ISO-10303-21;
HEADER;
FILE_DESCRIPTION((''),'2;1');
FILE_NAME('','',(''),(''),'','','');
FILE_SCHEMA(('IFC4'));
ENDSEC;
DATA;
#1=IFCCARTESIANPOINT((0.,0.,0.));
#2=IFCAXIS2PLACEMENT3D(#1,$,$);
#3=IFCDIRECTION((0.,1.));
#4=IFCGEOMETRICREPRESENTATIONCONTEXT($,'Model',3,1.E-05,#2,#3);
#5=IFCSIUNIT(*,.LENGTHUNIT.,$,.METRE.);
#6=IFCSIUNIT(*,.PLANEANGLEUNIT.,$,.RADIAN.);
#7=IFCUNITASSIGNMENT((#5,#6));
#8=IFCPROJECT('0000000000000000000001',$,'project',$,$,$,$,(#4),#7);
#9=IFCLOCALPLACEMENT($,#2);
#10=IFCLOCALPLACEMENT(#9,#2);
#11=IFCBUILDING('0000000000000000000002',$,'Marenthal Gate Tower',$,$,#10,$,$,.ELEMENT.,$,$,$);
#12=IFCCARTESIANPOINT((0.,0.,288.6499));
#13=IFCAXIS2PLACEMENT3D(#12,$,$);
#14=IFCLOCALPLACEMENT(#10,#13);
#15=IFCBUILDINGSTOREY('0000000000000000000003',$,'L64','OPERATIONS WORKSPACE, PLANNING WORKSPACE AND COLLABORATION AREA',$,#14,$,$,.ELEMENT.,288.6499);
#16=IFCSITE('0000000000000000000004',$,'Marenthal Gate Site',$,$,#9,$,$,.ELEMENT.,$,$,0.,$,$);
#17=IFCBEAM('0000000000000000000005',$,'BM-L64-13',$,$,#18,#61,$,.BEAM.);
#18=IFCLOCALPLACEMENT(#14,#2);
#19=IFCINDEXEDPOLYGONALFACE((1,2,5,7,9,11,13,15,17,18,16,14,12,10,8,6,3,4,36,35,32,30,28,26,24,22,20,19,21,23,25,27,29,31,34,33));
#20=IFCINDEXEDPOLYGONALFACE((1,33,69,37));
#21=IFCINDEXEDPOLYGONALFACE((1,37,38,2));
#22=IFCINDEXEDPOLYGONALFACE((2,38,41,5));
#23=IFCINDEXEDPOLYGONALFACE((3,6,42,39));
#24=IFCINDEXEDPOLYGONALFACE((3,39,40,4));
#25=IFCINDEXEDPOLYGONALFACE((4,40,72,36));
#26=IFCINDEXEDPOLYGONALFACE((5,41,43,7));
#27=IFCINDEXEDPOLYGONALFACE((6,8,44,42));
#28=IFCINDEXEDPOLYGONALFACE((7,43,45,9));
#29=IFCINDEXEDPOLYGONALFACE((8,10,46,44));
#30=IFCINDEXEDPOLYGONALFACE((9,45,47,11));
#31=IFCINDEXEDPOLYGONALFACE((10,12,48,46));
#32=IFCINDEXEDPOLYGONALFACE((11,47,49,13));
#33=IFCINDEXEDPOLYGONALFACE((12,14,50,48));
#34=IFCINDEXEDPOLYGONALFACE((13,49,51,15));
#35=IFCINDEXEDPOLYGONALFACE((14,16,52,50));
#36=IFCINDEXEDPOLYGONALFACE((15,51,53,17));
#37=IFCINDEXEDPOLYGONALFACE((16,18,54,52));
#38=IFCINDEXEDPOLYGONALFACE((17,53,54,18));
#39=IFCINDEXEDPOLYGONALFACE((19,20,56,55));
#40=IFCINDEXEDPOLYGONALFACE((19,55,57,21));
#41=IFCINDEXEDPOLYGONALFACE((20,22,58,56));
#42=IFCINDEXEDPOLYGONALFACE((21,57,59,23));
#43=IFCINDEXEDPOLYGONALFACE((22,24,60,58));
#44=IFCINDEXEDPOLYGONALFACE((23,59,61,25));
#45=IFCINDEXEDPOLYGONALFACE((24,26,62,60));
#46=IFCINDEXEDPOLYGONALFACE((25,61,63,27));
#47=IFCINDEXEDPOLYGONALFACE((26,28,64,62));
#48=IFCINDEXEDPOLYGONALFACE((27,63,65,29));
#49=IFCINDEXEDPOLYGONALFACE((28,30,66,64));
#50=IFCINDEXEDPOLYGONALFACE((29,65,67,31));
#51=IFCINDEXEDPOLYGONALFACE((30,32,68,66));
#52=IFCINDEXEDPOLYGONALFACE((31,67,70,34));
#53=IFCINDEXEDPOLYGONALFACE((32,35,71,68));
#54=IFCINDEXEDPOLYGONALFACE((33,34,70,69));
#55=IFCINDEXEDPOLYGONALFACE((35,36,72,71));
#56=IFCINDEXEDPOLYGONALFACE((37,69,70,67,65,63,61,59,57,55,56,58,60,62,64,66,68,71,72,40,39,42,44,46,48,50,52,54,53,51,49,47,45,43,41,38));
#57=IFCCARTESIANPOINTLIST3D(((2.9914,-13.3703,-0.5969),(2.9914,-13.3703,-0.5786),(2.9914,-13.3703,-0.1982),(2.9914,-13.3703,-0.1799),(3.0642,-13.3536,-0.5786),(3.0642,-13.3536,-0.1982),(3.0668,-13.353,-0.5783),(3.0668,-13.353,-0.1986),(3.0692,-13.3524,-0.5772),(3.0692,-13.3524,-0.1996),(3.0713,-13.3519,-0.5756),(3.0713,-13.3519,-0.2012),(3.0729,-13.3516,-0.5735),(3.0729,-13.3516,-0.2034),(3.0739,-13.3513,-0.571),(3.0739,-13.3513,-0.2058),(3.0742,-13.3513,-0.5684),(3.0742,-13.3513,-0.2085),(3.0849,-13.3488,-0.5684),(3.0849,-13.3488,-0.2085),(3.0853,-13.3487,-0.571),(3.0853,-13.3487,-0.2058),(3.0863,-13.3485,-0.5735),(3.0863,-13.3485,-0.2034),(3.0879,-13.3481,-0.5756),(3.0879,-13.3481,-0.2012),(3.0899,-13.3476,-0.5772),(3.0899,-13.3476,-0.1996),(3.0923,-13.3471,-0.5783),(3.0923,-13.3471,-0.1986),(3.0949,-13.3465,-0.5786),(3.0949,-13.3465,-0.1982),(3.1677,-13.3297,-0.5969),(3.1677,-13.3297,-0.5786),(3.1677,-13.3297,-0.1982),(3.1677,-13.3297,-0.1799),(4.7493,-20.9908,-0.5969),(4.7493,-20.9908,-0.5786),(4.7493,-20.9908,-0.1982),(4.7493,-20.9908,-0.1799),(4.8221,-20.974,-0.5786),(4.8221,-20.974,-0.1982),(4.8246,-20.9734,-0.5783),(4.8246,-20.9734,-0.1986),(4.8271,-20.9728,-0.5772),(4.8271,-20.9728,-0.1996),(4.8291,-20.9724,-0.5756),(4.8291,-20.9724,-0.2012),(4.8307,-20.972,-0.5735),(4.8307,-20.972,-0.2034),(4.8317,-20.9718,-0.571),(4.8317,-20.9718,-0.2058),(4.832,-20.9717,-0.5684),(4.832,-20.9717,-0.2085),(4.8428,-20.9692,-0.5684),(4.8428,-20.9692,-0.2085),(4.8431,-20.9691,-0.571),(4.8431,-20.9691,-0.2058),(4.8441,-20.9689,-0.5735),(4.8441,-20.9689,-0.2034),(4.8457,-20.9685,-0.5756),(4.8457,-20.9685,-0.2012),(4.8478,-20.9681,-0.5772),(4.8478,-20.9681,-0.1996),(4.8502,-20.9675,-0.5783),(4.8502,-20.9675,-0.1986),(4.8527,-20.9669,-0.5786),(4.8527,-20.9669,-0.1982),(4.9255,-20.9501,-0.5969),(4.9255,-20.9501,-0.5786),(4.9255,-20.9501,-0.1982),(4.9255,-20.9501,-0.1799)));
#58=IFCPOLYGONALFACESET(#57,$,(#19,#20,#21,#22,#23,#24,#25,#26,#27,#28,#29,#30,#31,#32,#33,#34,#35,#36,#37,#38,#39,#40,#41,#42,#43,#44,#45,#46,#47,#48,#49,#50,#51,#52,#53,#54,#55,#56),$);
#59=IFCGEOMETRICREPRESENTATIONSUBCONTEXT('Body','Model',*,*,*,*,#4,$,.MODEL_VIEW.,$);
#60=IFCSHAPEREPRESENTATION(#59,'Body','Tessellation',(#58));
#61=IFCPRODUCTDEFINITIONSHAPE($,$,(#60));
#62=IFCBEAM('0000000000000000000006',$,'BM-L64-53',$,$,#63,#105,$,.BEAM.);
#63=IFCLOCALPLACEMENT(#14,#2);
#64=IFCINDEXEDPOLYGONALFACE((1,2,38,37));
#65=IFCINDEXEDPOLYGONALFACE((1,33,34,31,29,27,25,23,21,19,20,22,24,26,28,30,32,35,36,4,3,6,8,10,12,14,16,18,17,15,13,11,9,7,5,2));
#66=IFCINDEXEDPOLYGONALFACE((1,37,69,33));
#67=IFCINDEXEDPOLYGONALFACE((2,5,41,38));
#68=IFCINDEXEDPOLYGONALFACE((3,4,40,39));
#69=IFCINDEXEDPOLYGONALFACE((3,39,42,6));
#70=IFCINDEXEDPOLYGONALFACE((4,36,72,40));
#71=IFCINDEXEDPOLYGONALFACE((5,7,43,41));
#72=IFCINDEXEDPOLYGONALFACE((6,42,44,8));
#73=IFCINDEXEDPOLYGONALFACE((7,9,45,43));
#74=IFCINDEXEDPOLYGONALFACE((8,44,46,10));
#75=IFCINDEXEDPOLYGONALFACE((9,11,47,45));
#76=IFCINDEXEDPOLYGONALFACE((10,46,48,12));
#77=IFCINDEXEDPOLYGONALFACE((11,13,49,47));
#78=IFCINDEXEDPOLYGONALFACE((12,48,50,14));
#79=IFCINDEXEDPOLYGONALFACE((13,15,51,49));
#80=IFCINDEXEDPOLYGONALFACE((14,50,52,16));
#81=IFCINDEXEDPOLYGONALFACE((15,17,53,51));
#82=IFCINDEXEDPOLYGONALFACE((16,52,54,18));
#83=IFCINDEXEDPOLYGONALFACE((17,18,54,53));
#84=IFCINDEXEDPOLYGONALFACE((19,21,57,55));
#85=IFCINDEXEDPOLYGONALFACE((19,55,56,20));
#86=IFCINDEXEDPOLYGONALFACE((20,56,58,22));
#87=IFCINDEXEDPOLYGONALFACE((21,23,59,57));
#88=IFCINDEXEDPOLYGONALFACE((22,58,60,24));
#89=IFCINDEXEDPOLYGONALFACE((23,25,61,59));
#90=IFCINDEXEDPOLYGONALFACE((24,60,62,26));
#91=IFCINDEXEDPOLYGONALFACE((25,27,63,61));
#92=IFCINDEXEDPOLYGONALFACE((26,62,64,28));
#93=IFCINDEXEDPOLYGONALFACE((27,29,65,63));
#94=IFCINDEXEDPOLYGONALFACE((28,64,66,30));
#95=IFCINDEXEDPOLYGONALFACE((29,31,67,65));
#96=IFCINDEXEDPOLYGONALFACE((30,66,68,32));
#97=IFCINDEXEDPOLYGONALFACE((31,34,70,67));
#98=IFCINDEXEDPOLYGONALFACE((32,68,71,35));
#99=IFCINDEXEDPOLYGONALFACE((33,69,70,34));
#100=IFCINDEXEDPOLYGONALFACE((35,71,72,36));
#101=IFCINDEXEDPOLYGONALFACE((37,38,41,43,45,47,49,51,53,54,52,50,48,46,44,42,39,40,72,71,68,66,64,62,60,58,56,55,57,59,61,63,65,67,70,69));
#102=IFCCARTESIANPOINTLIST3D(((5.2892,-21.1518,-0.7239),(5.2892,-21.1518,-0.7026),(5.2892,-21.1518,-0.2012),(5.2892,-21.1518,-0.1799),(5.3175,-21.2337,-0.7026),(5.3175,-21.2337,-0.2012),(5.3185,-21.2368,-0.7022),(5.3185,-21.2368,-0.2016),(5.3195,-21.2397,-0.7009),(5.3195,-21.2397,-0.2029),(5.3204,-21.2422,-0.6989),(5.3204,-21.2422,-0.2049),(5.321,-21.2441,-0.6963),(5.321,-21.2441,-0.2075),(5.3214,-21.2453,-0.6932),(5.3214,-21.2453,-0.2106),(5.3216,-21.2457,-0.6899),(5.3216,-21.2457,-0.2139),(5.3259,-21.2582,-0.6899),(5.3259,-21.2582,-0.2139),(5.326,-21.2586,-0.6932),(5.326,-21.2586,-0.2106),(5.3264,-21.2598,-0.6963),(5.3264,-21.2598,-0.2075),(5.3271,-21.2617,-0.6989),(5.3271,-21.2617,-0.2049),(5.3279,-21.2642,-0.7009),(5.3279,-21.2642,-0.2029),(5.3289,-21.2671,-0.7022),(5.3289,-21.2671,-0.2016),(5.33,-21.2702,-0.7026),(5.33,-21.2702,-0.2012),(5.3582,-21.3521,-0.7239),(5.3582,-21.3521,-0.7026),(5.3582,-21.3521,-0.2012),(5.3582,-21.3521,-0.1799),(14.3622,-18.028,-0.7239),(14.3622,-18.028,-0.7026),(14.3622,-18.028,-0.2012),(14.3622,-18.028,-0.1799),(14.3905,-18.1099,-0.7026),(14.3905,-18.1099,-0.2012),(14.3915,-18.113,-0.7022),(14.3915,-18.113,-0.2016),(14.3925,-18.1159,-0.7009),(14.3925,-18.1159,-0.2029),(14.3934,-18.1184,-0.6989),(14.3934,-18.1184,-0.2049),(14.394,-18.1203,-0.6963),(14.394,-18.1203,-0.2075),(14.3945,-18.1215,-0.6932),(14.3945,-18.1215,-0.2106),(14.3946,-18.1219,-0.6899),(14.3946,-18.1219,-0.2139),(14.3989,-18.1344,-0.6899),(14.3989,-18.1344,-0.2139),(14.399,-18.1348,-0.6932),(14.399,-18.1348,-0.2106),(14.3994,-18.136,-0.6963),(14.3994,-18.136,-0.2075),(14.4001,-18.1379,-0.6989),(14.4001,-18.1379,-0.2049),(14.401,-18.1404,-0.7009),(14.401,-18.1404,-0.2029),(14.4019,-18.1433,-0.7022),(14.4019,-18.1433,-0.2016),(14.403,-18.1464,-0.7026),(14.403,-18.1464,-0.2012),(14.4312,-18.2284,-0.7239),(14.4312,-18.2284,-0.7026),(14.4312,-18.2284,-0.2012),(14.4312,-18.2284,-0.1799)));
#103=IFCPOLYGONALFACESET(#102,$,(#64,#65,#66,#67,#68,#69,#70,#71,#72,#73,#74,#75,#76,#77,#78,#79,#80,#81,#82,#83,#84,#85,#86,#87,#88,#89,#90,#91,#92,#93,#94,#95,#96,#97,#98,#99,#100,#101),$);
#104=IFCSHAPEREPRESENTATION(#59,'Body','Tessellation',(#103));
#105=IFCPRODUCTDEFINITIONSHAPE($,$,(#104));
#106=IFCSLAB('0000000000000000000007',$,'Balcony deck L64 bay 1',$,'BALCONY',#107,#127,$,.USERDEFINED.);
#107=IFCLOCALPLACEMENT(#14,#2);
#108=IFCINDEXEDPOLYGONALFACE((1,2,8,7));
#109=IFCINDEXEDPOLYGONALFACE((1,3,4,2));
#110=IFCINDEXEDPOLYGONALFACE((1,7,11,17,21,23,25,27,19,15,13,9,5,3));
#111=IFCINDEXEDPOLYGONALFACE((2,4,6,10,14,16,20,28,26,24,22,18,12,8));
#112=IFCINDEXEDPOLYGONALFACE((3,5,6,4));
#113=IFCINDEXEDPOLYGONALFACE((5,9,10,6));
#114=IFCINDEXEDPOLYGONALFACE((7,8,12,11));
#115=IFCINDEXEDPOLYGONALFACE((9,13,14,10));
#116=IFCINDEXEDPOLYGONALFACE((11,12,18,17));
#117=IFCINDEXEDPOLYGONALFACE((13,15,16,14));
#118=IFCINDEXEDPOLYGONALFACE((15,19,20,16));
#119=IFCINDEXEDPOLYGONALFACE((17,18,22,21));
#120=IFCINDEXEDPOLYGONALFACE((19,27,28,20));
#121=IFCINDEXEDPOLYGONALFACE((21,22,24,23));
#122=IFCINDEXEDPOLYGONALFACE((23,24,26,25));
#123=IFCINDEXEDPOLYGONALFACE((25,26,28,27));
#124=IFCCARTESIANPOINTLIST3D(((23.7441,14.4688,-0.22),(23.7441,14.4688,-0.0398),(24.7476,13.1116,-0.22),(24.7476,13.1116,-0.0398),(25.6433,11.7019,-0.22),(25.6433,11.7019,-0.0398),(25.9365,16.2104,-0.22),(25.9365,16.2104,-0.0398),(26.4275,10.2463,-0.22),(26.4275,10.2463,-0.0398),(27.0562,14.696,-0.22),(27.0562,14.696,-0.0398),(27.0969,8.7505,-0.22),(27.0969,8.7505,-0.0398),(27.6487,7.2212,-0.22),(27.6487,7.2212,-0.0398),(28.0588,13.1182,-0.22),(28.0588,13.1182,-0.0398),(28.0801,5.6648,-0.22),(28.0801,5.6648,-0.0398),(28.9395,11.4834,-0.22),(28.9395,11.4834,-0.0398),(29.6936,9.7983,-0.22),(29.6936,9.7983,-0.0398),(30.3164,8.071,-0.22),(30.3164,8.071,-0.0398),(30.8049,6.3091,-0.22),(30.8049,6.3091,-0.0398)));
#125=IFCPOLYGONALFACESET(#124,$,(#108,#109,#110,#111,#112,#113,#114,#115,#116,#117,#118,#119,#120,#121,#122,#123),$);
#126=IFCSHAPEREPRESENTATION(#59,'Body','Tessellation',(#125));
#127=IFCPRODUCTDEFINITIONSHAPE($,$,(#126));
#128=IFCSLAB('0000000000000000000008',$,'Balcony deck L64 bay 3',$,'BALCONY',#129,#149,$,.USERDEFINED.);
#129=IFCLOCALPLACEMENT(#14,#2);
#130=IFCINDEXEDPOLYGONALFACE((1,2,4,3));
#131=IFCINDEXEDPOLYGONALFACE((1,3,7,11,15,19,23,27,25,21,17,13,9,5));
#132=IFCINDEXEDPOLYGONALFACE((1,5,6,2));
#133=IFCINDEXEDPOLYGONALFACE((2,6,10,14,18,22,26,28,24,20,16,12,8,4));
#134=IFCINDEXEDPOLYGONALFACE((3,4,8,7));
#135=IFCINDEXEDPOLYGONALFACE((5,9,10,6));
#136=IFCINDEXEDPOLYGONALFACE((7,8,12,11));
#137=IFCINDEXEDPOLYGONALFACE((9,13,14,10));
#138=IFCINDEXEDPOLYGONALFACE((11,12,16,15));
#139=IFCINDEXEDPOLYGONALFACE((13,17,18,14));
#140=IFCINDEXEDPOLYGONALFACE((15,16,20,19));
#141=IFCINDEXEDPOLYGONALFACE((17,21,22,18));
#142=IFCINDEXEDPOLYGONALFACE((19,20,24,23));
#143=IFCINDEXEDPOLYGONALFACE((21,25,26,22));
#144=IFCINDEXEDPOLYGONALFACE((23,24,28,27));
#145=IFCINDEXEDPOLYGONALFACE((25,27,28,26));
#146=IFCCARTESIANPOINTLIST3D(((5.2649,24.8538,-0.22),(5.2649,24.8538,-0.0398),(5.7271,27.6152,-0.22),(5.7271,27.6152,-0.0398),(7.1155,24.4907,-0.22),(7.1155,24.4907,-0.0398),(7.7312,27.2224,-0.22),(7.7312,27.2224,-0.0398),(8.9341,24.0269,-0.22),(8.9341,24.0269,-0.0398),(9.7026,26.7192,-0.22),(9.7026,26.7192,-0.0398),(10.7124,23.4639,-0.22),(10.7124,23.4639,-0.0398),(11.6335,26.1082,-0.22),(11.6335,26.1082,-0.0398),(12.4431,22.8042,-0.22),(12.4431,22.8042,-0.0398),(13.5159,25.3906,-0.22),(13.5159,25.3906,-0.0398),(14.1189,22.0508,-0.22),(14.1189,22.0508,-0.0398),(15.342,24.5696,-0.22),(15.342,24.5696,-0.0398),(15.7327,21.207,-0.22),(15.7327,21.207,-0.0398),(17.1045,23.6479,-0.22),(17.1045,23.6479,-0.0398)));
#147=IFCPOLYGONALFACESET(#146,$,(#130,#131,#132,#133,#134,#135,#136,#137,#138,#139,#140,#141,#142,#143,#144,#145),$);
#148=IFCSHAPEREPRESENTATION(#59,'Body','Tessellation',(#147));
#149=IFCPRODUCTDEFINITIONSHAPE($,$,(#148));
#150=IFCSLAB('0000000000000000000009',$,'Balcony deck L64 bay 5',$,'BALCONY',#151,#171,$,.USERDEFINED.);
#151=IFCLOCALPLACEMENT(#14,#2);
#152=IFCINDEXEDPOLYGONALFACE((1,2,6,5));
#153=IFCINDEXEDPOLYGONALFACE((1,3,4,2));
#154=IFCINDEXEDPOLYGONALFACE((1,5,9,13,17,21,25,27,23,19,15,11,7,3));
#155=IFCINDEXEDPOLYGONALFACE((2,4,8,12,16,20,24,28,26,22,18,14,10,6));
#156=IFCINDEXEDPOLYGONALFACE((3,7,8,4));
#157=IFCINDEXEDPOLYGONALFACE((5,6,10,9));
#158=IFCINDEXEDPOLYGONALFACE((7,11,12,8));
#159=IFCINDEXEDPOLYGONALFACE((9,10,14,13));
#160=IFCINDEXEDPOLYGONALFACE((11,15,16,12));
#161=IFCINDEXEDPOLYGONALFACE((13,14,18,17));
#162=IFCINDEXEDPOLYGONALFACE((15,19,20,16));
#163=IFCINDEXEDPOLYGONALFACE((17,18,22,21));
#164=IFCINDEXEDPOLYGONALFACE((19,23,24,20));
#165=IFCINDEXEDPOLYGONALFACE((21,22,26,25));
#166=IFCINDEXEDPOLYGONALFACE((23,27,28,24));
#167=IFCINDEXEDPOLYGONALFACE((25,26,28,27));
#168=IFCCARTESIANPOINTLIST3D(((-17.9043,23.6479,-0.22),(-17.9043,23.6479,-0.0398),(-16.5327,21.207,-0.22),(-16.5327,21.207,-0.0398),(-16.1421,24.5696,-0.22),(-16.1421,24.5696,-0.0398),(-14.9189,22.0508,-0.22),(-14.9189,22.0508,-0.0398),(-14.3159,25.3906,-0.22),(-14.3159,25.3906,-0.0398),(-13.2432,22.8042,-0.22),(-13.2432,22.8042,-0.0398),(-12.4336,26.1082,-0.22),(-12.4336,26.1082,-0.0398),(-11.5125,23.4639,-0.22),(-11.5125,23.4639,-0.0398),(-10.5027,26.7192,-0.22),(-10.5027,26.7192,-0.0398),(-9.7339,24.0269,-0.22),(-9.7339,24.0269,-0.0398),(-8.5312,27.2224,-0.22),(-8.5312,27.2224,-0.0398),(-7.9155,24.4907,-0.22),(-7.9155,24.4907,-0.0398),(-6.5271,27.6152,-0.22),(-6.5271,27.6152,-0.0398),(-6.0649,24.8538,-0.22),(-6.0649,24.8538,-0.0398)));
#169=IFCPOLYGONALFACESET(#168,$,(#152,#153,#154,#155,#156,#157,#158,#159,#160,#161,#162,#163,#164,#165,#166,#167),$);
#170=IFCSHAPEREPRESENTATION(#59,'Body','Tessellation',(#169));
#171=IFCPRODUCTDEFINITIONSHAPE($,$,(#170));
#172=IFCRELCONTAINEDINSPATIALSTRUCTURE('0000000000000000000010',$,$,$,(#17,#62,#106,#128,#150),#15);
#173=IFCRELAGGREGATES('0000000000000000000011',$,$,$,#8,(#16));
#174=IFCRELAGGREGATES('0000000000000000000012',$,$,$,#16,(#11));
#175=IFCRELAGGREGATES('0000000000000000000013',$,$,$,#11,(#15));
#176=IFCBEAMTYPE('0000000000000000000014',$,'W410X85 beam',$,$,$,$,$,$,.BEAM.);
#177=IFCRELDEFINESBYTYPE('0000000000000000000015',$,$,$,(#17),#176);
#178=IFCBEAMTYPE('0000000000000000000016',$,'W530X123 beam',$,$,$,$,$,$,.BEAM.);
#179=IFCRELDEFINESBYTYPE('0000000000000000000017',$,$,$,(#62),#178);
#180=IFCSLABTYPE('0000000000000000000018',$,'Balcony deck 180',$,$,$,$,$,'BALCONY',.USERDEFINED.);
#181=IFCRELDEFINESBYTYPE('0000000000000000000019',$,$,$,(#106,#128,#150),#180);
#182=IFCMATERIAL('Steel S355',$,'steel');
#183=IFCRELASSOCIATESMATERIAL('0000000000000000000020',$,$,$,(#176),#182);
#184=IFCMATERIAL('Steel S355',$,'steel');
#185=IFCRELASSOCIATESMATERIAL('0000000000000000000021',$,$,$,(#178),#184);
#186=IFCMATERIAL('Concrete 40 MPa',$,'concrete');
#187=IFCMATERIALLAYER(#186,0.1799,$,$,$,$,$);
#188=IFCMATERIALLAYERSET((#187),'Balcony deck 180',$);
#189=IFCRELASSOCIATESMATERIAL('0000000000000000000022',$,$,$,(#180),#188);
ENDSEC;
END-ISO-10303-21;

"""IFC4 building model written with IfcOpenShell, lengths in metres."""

from ifc_helpers import new_model, si_unit, direction, frame, origin, origin_2d, place, context, subcontext, project, spatial, polyline, i_section, outline, extrude, material, layer, layer_set, material_profile, profile_set, type_object, element, save


model = new_model("IFC4")

# Units and contexts
model_context = context("Model", 3, precision=1e-05, world=origin(), true_north=direction((0.0, 1.0)))
body_context = subcontext(model_context, "Body", "Model", "MODEL_VIEW")
ifc_project = project(units=[si_unit("LENGTHUNIT", "METRE"), si_unit("PLANEANGLEUNIT", "RADIAN")], contexts=[model_context])

# Site, building, storey
site_placement = place(None, origin())
site = spatial("IfcSite", under=ifc_project, at=site_placement, Name="Marenthal Gate Site", CompositionType="ELEMENT", RefElevation=0.0)
building_placement = place(site_placement, origin())
building = spatial("IfcBuilding", under=site, at=building_placement, Name="Marenthal Gate Tower", CompositionType="ELEMENT")
storey_placement = place(building_placement, frame((0.0, 0.0, 288.6499)))
storey = spatial("IfcBuildingStorey", under=building, at=storey_placement, Name="L64", Description="OPERATIONS WORKSPACE, PLANNING WORKSPACE AND COLLABORATION AREA", CompositionType="ELEMENT", Elevation=288.6499)

# Beams
ifc_material_1 = material(Name="Steel S355", Category="steel")
ifc_material_profile_1 = material_profile(ifc_material_1, i_section(OverallWidth=0.1809, OverallDepth=0.417, WebThickness=0.011, FlangeThickness=0.0183, FilletRadius=0.0103, at=origin_2d()), Name="W410X85")
ifc_profile_set_1 = profile_set([ifc_material_profile_1], Name="Steel S355")
beam_type_1 = type_object("IfcBeamType", Name="W410X85 beam", PredefinedType="BEAM", material=ifc_profile_set_1)
beam_1_placement = place(storey_placement, frame((4.8374, -20.9705, -0.3884), z_axis=(-0.224771, 0.974412, 0.0), x_axis=(-0.974412, -0.224771, 0.0)))
element("IfcBeam", 1, at=beam_1_placement, inside=storey, type_object=beam_type_1, Name="BM-L64-13", PredefinedType="BEAM", context=body_context, shape_type="SweptSolid", body=[
    extrude(i_section(OverallWidth=0.1809, OverallDepth=0.417, WebThickness=0.011, FlangeThickness=0.0183, FilletRadius=0.0103, at=origin_2d()), origin(), (0.0, 0.0, 1.0), 7.8206),
])
ifc_material_2 = material(Name="Steel S355", Category="steel")
ifc_material_profile_2 = material_profile(ifc_material_2, i_section(OverallWidth=0.2119, OverallDepth=0.5439, WebThickness=0.0132, FlangeThickness=0.0212, FilletRadius=0.0127, at=origin_2d()), Name="W530X123")
ifc_profile_set_2 = profile_set([ifc_material_profile_2], Name="Steel S355")
beam_type_2 = type_object("IfcBeamType", Name="W530X123 beam", PredefinedType="BEAM", material=ifc_profile_set_2)
beam_2_placement = place(storey_placement, frame((5.3237, -21.252, -0.4519), z_axis=(0.945528, 0.32554, 0.0), x_axis=(-0.32554, 0.945528, 0.0)))
element("IfcBeam", 2, at=beam_2_placement, inside=storey, type_object=beam_type_2, Name="BM-L64-53", PredefinedType="BEAM", context=body_context, shape_type="SweptSolid", body=[
    extrude(i_section(OverallWidth=0.2119, OverallDepth=0.5439, WebThickness=0.0132, FlangeThickness=0.0212, FilletRadius=0.0127, at=origin_2d()), origin(), (0.0, 0.0, 1.0), 9.5957),
])

# Slabs
ifc_material_3 = material(Name="Concrete 40 MPa", Category="concrete")
ifc_layer_1 = layer(ifc_material_3, 0.1799)
ifc_layer_set_1 = layer_set([ifc_layer_1], Name="Balcony deck 180")
slab_type_1 = type_object("IfcSlabType", Name="Balcony deck 180", ElementType="BALCONY", PredefinedType="USERDEFINED", material=ifc_layer_set_1)
slab_1_placement = place(storey_placement, frame((0.0, 0.0, -0.22)))
element("IfcSlab", 3, at=slab_1_placement, inside=storey, type_object=slab_type_1, Name="Balcony deck L64 bay 1", ObjectType="BALCONY", PredefinedType="USERDEFINED", context=body_context, shape_type="SweptSolid", body=[
    extrude(outline(polyline([(28.0801, 5.6648), (27.6487, 7.2212), (27.0969, 8.7505), (26.4275, 10.2463), (25.6433, 11.7019), (24.7476, 13.1116), (23.7441, 14.4688), (25.9365, 16.2104), (27.0562, 14.696), (28.0588, 13.1182), (28.9395, 11.4834), (29.6936, 9.7983), (30.3164, 8.071), (30.8049, 6.3091), (28.0801, 5.6648)])), origin(), (0.0, 0.0, 1.0), 0.1802),
])
slab_2_placement = place(storey_placement, frame((0.0, 0.0, -0.22)))
element("IfcSlab", 4, at=slab_2_placement, inside=storey, type_object=slab_type_1, Name="Balcony deck L64 bay 3", ObjectType="BALCONY", PredefinedType="USERDEFINED", context=body_context, shape_type="SweptSolid", body=[
    extrude(outline(polyline([(15.7327, 21.207), (14.1189, 22.0508), (12.4431, 22.8042), (10.7124, 23.4639), (8.9341, 24.0269), (7.1155, 24.4907), (5.2649, 24.8538), (5.7271, 27.6152), (7.7312, 27.2224), (9.7026, 26.7192), (11.6335, 26.1082), (13.5159, 25.3906), (15.342, 24.5696), (17.1045, 23.6479), (15.7327, 21.207)])), origin(), (0.0, 0.0, 1.0), 0.1802),
])
slab_3_placement = place(storey_placement, frame((0.0, 0.0, -0.22)))
element("IfcSlab", 5, at=slab_3_placement, inside=storey, type_object=slab_type_1, Name="Balcony deck L64 bay 5", ObjectType="BALCONY", PredefinedType="USERDEFINED", context=body_context, shape_type="SweptSolid", body=[
    extrude(outline(polyline([(-6.0649, 24.8538), (-7.9155, 24.4907), (-9.7339, 24.0269), (-11.5125, 23.4639), (-13.2432, 22.8042), (-14.9189, 22.0508), (-16.5327, 21.207), (-17.9043, 23.6479), (-16.1421, 24.5696), (-14.3159, 25.3906), (-12.4336, 26.1082), (-10.5027, 26.7192), (-8.5312, 27.2224), (-6.5271, 27.6152), (-6.0649, 24.8538)])), origin(), (0.0, 0.0, 1.0), 0.1802),
])

save(model, "model.ifc")
